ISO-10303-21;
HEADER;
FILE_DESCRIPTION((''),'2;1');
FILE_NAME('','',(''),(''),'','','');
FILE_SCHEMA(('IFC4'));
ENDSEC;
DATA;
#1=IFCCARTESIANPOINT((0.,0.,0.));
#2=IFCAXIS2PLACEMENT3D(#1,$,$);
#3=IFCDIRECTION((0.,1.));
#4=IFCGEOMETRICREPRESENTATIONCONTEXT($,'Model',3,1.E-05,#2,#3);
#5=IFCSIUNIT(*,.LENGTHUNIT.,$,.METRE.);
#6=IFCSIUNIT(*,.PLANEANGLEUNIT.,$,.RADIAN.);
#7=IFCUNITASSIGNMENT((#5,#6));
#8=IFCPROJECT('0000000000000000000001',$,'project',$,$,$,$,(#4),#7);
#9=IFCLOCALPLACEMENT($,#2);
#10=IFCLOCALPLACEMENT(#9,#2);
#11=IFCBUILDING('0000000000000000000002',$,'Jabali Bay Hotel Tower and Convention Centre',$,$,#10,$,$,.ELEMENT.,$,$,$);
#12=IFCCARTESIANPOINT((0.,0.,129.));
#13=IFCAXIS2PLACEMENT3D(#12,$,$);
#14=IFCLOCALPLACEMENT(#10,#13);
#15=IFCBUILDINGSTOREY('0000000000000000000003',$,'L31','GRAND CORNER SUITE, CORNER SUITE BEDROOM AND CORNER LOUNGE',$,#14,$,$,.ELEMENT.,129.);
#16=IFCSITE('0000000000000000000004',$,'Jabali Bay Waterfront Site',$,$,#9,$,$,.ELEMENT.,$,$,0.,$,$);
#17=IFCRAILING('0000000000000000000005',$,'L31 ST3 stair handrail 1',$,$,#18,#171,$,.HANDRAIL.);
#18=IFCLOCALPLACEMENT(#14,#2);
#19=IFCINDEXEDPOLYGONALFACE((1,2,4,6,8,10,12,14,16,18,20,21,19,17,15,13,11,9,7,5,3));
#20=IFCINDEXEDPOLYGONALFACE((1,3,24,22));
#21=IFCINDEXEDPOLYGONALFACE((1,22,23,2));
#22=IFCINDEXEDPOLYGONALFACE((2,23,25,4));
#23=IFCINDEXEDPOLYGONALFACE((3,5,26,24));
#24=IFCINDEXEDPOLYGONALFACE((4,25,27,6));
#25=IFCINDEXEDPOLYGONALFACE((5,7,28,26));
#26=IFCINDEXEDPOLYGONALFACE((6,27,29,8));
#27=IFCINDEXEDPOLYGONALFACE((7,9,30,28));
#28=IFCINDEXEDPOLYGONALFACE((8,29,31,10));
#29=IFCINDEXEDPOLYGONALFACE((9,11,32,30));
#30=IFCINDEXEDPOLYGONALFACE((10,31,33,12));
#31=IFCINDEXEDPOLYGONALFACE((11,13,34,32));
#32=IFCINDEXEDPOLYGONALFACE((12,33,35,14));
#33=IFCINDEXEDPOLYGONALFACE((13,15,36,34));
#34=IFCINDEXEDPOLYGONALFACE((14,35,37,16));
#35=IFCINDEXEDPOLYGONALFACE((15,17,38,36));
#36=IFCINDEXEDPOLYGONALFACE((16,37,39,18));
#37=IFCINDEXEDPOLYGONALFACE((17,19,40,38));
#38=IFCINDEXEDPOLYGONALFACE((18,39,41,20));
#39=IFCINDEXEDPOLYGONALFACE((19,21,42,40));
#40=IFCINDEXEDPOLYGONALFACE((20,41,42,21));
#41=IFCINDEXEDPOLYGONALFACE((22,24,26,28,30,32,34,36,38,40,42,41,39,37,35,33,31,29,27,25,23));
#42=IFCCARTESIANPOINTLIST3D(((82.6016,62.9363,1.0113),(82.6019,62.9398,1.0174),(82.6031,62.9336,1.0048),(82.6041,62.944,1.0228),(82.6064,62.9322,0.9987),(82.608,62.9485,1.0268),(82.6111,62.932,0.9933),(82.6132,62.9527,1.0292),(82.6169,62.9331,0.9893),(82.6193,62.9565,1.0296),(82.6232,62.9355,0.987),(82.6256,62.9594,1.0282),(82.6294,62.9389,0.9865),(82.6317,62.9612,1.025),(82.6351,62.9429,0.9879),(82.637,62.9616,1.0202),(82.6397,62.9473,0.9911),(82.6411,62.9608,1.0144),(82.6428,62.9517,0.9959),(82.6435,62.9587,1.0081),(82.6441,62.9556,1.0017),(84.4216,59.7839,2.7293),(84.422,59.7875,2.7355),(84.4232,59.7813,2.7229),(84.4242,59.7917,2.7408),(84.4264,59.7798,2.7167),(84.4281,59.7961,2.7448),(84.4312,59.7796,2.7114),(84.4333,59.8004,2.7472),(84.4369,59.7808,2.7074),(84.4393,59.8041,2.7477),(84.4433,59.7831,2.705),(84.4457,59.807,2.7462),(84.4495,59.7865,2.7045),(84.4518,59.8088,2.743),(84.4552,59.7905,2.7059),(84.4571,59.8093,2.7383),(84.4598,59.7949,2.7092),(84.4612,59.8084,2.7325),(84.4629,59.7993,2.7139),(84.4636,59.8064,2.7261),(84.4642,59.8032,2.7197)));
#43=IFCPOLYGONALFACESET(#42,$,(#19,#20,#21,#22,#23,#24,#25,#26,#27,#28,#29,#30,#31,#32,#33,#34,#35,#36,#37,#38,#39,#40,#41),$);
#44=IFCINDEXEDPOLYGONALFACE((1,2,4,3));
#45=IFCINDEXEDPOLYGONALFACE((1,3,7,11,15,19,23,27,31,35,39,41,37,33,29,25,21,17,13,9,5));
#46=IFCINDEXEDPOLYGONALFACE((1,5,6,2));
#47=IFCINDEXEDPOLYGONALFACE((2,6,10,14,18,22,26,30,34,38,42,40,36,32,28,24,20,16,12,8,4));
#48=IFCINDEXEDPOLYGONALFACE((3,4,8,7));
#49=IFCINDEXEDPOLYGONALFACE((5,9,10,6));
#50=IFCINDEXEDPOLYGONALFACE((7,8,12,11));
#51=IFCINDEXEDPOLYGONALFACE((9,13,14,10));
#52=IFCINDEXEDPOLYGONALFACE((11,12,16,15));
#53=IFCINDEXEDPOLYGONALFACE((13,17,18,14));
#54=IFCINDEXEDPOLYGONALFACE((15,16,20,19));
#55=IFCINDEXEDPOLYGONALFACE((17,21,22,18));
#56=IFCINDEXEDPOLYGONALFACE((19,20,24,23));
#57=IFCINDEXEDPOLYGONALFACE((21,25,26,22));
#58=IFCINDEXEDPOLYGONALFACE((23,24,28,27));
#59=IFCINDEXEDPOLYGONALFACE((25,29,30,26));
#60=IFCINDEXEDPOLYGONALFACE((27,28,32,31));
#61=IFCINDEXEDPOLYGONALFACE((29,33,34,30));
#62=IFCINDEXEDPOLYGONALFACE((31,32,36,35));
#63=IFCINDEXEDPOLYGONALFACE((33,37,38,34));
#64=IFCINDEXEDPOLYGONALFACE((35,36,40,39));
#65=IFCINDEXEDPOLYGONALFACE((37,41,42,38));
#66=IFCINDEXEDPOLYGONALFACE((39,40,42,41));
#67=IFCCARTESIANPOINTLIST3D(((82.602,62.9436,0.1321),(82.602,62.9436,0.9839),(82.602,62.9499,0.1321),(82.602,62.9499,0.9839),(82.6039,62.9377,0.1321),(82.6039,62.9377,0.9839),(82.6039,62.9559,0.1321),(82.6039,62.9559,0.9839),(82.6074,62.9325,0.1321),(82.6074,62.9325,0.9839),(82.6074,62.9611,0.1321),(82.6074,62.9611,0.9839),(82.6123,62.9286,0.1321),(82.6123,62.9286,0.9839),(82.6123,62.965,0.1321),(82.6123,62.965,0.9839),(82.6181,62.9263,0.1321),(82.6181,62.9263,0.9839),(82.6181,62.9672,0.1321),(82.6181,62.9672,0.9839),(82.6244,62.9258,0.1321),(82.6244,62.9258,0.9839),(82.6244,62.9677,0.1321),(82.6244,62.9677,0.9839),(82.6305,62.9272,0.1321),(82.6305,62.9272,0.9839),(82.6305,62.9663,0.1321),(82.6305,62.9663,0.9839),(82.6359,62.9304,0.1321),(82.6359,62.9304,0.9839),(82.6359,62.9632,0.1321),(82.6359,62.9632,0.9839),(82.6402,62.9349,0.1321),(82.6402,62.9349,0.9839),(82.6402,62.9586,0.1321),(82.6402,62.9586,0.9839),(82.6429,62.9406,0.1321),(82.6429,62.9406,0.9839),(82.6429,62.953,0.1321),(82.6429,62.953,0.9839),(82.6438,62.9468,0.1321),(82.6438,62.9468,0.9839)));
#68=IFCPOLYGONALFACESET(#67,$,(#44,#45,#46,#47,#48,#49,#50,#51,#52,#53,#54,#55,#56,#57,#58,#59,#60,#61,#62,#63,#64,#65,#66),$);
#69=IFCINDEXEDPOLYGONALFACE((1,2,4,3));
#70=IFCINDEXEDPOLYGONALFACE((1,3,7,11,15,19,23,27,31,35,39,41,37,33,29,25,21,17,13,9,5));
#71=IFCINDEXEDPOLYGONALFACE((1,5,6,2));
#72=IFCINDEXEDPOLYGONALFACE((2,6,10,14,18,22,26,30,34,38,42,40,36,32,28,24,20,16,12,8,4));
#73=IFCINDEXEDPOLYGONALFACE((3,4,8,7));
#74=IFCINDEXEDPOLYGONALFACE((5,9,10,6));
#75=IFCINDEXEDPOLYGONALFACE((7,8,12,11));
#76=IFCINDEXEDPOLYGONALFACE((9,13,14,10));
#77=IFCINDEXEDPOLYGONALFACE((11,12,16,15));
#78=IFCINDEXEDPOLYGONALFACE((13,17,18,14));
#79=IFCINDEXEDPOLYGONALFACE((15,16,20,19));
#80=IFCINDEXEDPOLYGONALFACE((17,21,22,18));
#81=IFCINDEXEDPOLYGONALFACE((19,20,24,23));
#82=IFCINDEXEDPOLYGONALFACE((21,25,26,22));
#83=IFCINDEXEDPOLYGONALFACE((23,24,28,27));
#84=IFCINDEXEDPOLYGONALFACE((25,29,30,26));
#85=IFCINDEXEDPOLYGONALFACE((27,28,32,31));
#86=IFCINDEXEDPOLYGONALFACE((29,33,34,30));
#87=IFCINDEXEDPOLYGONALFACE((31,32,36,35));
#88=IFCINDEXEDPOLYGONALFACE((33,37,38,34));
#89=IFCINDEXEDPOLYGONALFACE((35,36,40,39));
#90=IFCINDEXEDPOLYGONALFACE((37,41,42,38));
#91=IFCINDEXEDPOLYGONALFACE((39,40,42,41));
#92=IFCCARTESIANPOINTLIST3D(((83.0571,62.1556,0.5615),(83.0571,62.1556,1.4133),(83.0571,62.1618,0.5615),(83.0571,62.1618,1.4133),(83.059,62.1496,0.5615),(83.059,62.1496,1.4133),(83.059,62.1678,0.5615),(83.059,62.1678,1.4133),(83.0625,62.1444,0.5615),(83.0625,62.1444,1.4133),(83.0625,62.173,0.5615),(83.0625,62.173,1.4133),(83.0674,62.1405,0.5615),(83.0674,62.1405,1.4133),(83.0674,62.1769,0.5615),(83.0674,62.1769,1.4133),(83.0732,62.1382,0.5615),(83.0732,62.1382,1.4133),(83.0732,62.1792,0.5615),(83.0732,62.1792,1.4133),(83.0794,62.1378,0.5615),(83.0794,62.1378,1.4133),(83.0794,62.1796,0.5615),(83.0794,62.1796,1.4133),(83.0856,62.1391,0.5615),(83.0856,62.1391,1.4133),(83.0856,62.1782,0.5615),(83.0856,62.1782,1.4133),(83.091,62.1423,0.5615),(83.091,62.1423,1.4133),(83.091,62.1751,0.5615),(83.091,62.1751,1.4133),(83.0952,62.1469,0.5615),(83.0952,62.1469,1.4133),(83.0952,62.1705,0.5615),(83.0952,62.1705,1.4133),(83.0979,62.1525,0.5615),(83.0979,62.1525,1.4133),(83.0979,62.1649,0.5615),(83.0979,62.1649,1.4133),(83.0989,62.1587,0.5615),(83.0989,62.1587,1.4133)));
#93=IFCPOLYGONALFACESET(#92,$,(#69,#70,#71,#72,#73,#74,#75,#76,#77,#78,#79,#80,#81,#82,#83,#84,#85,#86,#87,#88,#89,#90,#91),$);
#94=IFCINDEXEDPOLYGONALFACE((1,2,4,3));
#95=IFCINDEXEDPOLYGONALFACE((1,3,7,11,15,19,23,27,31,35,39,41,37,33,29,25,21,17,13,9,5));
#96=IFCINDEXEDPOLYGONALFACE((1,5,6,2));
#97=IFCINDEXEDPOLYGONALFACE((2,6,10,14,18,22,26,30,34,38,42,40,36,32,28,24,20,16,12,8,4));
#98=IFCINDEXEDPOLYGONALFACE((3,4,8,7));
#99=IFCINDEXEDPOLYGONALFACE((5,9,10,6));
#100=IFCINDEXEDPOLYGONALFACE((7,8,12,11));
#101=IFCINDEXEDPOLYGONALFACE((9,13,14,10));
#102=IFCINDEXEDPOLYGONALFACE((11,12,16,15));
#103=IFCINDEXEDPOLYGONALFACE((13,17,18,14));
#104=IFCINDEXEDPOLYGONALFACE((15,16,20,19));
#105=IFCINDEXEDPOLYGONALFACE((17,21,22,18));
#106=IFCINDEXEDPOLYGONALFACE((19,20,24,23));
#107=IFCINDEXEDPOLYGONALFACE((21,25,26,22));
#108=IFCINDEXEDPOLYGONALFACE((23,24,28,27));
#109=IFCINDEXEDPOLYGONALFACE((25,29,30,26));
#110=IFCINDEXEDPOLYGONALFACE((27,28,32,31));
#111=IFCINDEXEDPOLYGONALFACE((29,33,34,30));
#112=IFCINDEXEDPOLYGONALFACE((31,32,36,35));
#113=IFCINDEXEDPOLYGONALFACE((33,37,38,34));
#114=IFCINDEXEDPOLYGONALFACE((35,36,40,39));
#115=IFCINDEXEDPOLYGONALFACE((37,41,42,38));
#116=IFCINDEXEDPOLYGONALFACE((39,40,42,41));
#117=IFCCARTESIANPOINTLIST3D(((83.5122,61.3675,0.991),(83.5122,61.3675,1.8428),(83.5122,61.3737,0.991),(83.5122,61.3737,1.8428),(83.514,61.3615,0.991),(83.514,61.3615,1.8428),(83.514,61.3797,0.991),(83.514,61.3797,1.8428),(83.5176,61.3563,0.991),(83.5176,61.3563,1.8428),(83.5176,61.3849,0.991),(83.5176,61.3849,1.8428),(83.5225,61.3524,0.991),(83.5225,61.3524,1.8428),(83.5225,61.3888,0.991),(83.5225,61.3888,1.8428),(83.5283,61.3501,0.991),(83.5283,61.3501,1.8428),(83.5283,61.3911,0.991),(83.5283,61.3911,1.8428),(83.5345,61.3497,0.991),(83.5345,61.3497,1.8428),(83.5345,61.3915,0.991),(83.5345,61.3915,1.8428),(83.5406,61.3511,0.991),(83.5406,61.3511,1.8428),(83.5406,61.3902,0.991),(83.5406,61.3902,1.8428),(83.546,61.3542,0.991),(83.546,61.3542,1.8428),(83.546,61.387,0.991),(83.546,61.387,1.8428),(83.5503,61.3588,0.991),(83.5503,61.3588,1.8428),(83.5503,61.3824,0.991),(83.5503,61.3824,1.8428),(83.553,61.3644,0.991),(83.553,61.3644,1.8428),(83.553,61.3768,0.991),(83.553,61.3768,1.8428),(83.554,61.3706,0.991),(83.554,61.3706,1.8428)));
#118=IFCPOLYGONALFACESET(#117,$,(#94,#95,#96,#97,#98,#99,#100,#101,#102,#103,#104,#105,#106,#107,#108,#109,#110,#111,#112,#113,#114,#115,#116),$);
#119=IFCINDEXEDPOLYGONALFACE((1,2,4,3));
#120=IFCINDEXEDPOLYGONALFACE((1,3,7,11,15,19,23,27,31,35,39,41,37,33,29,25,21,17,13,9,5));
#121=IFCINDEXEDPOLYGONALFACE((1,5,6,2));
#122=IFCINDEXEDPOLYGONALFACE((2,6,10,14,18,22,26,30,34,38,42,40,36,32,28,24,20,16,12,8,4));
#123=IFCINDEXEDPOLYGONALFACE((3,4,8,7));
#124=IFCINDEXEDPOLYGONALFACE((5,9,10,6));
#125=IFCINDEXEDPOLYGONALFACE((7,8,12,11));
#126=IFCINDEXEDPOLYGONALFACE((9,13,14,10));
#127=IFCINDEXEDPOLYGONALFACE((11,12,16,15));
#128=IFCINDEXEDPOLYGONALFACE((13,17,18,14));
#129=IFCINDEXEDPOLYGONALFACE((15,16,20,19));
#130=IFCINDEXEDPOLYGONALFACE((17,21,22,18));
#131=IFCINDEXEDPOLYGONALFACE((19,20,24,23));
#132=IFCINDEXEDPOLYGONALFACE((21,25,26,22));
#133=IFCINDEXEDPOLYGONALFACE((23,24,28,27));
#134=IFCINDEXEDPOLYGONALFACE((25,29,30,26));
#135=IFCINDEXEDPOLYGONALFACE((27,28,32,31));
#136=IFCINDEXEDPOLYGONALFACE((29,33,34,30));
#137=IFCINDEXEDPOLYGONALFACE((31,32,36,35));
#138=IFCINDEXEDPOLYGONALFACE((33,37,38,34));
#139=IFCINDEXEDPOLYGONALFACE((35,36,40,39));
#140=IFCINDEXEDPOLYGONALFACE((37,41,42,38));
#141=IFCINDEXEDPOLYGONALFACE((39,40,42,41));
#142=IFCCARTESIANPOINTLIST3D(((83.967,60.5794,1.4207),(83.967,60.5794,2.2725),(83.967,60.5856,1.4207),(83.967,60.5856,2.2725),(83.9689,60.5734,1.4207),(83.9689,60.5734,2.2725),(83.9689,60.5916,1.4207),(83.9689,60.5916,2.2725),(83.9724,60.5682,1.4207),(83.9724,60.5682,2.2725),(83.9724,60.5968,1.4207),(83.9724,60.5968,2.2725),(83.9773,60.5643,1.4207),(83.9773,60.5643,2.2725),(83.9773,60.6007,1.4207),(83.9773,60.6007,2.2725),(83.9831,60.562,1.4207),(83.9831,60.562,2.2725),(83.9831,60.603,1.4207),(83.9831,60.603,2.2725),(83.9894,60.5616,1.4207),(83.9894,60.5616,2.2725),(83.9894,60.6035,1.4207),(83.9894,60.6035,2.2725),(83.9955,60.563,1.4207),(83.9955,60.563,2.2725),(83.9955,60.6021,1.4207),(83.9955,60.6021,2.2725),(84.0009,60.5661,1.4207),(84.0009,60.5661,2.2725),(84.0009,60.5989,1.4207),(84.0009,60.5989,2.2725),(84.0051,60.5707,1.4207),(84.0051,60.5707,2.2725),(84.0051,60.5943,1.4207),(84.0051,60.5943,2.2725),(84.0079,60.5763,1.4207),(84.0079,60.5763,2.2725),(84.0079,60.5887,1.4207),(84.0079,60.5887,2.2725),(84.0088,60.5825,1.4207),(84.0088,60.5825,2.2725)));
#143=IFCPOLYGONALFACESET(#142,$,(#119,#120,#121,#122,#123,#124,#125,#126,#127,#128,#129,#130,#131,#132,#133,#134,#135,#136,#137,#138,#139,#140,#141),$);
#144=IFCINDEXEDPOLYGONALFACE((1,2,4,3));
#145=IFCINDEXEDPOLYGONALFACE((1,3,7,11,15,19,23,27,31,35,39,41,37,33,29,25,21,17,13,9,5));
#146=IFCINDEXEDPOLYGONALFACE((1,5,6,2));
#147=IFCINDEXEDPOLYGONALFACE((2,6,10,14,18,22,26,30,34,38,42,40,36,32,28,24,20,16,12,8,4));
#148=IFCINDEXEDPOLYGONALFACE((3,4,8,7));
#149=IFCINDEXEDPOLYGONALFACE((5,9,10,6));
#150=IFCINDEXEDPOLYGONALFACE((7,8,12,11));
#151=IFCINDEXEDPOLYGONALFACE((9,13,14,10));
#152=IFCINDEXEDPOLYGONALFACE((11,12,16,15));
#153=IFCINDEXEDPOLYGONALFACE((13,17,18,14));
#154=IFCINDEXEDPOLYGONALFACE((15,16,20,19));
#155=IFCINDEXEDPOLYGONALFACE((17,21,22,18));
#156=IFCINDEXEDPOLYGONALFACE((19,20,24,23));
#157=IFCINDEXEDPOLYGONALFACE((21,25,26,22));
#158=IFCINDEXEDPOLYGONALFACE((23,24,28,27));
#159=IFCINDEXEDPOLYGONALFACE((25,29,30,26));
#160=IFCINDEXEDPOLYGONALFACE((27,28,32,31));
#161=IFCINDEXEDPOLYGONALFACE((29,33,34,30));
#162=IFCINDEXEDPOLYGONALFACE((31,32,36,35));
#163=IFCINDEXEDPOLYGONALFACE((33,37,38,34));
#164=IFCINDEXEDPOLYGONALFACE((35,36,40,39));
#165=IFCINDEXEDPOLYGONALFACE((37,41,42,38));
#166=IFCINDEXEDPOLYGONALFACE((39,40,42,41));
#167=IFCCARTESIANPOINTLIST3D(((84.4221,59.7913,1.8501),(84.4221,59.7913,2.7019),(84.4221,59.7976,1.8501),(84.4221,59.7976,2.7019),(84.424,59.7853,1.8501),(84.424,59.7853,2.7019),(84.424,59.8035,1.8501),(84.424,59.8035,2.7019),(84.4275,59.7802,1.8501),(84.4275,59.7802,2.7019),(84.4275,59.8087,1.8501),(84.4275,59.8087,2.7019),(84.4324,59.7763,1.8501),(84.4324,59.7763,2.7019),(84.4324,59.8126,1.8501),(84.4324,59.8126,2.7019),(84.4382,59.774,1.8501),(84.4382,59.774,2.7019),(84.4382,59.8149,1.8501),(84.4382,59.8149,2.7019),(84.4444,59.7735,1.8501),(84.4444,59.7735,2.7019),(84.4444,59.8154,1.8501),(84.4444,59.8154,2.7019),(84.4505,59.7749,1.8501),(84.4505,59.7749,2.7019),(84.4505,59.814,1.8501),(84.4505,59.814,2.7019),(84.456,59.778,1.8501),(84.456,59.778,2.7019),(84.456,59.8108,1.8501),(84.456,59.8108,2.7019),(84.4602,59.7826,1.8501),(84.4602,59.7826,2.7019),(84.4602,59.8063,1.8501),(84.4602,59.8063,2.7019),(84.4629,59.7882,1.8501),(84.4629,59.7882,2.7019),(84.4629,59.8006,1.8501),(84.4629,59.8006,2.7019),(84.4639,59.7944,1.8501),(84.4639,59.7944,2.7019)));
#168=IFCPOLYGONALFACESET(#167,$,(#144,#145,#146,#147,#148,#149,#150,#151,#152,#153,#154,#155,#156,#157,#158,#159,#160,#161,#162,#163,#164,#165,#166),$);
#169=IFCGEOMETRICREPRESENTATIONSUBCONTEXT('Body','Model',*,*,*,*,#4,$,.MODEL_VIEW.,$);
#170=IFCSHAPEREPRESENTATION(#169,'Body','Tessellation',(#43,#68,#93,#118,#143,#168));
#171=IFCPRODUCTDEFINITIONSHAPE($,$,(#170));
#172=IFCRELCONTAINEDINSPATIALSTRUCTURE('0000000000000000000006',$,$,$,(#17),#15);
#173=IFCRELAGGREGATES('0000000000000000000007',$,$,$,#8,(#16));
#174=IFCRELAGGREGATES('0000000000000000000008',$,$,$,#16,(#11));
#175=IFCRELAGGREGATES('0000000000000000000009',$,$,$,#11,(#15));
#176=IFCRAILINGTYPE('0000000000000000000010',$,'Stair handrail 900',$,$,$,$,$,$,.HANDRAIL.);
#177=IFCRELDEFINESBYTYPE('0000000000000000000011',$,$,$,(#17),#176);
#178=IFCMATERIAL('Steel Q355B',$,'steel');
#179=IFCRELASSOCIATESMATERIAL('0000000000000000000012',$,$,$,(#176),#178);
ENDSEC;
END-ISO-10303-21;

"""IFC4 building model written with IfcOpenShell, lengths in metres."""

from ifc_helpers import new_model, si_unit, direction, frame, origin, origin_2d, place, context, subcontext, project, spatial, circle, extrude, material, type_object, element, save


model = new_model("IFC4")

# Units and contexts
model_context = context("Model", 3, precision=1e-05, world=origin(), true_north=direction((0.0, 1.0)))
body_context = subcontext(model_context, "Body", "Model", "MODEL_VIEW")
ifc_project = project(units=[si_unit("LENGTHUNIT", "METRE"), si_unit("PLANEANGLEUNIT", "RADIAN")], contexts=[model_context])

# Site, building, storey
site_placement = place(None, origin())
site = spatial("IfcSite", under=ifc_project, at=site_placement, Name="Jabali Bay Waterfront Site", CompositionType="ELEMENT", RefElevation=0.0)
building_placement = place(site_placement, origin())
building = spatial("IfcBuilding", under=site, at=building_placement, Name="Jabali Bay Hotel Tower and Convention Centre", CompositionType="ELEMENT")
storey_placement = place(building_placement, frame((0.0, 0.0, 129.0)))
storey = spatial("IfcBuildingStorey", under=building, at=storey_placement, Name="L31", Description="GRAND CORNER SUITE, CORNER SUITE BEDROOM AND CORNER LOUNGE", CompositionType="ELEMENT", Elevation=129.0)

# Railing
ifc_material_1 = material(Name="Steel Q355B", Category="steel")
railing_type_1 = type_object("IfcRailingType", Name="Stair handrail 900", PredefinedType="HANDRAIL", material=ifc_material_1)
railing_1_placement = place(storey_placement, frame((82.6228, 62.9468, 0.1321)))
element("IfcRailing", 1, at=railing_1_placement, inside=storey, type_object=railing_type_1, Name="L31 ST3 stair handrail 1", PredefinedType="HANDRAIL", context=body_context, shape_type="SweptSolid", body=[
    extrude(circle(Radius=0.0239, at=origin_2d()), frame((0.0, 0.0, 0.876), z_axis=(0.452179, -0.78317, 0.426825), x_axis=(0.866018, 0.500013, 0.0)), (0.0, 0.0, 1.0), 4.0251),
    extrude(circle(Radius=0.021, at=origin_2d()), origin(), (0.0, 0.0, 1.0), 0.8518),
    extrude(circle(Radius=0.021, at=origin_2d()), frame((0.4551, -0.7881, 0.4294)), (0.0, 0.0, 1.0), 0.8518),
    extrude(circle(Radius=0.021, at=origin_2d()), frame((0.9102, -1.5762, 0.8589)), (0.0, 0.0, 1.0), 0.8518),
    extrude(circle(Radius=0.021, at=origin_2d()), frame((1.365, -2.3643, 1.2886)), (0.0, 0.0, 1.0), 0.8518),
    extrude(circle(Radius=0.021, at=origin_2d()), frame((1.8201, -3.1523, 1.718)), (0.0, 0.0, 1.0), 0.8518),
])

save(model, "model.ifc")
